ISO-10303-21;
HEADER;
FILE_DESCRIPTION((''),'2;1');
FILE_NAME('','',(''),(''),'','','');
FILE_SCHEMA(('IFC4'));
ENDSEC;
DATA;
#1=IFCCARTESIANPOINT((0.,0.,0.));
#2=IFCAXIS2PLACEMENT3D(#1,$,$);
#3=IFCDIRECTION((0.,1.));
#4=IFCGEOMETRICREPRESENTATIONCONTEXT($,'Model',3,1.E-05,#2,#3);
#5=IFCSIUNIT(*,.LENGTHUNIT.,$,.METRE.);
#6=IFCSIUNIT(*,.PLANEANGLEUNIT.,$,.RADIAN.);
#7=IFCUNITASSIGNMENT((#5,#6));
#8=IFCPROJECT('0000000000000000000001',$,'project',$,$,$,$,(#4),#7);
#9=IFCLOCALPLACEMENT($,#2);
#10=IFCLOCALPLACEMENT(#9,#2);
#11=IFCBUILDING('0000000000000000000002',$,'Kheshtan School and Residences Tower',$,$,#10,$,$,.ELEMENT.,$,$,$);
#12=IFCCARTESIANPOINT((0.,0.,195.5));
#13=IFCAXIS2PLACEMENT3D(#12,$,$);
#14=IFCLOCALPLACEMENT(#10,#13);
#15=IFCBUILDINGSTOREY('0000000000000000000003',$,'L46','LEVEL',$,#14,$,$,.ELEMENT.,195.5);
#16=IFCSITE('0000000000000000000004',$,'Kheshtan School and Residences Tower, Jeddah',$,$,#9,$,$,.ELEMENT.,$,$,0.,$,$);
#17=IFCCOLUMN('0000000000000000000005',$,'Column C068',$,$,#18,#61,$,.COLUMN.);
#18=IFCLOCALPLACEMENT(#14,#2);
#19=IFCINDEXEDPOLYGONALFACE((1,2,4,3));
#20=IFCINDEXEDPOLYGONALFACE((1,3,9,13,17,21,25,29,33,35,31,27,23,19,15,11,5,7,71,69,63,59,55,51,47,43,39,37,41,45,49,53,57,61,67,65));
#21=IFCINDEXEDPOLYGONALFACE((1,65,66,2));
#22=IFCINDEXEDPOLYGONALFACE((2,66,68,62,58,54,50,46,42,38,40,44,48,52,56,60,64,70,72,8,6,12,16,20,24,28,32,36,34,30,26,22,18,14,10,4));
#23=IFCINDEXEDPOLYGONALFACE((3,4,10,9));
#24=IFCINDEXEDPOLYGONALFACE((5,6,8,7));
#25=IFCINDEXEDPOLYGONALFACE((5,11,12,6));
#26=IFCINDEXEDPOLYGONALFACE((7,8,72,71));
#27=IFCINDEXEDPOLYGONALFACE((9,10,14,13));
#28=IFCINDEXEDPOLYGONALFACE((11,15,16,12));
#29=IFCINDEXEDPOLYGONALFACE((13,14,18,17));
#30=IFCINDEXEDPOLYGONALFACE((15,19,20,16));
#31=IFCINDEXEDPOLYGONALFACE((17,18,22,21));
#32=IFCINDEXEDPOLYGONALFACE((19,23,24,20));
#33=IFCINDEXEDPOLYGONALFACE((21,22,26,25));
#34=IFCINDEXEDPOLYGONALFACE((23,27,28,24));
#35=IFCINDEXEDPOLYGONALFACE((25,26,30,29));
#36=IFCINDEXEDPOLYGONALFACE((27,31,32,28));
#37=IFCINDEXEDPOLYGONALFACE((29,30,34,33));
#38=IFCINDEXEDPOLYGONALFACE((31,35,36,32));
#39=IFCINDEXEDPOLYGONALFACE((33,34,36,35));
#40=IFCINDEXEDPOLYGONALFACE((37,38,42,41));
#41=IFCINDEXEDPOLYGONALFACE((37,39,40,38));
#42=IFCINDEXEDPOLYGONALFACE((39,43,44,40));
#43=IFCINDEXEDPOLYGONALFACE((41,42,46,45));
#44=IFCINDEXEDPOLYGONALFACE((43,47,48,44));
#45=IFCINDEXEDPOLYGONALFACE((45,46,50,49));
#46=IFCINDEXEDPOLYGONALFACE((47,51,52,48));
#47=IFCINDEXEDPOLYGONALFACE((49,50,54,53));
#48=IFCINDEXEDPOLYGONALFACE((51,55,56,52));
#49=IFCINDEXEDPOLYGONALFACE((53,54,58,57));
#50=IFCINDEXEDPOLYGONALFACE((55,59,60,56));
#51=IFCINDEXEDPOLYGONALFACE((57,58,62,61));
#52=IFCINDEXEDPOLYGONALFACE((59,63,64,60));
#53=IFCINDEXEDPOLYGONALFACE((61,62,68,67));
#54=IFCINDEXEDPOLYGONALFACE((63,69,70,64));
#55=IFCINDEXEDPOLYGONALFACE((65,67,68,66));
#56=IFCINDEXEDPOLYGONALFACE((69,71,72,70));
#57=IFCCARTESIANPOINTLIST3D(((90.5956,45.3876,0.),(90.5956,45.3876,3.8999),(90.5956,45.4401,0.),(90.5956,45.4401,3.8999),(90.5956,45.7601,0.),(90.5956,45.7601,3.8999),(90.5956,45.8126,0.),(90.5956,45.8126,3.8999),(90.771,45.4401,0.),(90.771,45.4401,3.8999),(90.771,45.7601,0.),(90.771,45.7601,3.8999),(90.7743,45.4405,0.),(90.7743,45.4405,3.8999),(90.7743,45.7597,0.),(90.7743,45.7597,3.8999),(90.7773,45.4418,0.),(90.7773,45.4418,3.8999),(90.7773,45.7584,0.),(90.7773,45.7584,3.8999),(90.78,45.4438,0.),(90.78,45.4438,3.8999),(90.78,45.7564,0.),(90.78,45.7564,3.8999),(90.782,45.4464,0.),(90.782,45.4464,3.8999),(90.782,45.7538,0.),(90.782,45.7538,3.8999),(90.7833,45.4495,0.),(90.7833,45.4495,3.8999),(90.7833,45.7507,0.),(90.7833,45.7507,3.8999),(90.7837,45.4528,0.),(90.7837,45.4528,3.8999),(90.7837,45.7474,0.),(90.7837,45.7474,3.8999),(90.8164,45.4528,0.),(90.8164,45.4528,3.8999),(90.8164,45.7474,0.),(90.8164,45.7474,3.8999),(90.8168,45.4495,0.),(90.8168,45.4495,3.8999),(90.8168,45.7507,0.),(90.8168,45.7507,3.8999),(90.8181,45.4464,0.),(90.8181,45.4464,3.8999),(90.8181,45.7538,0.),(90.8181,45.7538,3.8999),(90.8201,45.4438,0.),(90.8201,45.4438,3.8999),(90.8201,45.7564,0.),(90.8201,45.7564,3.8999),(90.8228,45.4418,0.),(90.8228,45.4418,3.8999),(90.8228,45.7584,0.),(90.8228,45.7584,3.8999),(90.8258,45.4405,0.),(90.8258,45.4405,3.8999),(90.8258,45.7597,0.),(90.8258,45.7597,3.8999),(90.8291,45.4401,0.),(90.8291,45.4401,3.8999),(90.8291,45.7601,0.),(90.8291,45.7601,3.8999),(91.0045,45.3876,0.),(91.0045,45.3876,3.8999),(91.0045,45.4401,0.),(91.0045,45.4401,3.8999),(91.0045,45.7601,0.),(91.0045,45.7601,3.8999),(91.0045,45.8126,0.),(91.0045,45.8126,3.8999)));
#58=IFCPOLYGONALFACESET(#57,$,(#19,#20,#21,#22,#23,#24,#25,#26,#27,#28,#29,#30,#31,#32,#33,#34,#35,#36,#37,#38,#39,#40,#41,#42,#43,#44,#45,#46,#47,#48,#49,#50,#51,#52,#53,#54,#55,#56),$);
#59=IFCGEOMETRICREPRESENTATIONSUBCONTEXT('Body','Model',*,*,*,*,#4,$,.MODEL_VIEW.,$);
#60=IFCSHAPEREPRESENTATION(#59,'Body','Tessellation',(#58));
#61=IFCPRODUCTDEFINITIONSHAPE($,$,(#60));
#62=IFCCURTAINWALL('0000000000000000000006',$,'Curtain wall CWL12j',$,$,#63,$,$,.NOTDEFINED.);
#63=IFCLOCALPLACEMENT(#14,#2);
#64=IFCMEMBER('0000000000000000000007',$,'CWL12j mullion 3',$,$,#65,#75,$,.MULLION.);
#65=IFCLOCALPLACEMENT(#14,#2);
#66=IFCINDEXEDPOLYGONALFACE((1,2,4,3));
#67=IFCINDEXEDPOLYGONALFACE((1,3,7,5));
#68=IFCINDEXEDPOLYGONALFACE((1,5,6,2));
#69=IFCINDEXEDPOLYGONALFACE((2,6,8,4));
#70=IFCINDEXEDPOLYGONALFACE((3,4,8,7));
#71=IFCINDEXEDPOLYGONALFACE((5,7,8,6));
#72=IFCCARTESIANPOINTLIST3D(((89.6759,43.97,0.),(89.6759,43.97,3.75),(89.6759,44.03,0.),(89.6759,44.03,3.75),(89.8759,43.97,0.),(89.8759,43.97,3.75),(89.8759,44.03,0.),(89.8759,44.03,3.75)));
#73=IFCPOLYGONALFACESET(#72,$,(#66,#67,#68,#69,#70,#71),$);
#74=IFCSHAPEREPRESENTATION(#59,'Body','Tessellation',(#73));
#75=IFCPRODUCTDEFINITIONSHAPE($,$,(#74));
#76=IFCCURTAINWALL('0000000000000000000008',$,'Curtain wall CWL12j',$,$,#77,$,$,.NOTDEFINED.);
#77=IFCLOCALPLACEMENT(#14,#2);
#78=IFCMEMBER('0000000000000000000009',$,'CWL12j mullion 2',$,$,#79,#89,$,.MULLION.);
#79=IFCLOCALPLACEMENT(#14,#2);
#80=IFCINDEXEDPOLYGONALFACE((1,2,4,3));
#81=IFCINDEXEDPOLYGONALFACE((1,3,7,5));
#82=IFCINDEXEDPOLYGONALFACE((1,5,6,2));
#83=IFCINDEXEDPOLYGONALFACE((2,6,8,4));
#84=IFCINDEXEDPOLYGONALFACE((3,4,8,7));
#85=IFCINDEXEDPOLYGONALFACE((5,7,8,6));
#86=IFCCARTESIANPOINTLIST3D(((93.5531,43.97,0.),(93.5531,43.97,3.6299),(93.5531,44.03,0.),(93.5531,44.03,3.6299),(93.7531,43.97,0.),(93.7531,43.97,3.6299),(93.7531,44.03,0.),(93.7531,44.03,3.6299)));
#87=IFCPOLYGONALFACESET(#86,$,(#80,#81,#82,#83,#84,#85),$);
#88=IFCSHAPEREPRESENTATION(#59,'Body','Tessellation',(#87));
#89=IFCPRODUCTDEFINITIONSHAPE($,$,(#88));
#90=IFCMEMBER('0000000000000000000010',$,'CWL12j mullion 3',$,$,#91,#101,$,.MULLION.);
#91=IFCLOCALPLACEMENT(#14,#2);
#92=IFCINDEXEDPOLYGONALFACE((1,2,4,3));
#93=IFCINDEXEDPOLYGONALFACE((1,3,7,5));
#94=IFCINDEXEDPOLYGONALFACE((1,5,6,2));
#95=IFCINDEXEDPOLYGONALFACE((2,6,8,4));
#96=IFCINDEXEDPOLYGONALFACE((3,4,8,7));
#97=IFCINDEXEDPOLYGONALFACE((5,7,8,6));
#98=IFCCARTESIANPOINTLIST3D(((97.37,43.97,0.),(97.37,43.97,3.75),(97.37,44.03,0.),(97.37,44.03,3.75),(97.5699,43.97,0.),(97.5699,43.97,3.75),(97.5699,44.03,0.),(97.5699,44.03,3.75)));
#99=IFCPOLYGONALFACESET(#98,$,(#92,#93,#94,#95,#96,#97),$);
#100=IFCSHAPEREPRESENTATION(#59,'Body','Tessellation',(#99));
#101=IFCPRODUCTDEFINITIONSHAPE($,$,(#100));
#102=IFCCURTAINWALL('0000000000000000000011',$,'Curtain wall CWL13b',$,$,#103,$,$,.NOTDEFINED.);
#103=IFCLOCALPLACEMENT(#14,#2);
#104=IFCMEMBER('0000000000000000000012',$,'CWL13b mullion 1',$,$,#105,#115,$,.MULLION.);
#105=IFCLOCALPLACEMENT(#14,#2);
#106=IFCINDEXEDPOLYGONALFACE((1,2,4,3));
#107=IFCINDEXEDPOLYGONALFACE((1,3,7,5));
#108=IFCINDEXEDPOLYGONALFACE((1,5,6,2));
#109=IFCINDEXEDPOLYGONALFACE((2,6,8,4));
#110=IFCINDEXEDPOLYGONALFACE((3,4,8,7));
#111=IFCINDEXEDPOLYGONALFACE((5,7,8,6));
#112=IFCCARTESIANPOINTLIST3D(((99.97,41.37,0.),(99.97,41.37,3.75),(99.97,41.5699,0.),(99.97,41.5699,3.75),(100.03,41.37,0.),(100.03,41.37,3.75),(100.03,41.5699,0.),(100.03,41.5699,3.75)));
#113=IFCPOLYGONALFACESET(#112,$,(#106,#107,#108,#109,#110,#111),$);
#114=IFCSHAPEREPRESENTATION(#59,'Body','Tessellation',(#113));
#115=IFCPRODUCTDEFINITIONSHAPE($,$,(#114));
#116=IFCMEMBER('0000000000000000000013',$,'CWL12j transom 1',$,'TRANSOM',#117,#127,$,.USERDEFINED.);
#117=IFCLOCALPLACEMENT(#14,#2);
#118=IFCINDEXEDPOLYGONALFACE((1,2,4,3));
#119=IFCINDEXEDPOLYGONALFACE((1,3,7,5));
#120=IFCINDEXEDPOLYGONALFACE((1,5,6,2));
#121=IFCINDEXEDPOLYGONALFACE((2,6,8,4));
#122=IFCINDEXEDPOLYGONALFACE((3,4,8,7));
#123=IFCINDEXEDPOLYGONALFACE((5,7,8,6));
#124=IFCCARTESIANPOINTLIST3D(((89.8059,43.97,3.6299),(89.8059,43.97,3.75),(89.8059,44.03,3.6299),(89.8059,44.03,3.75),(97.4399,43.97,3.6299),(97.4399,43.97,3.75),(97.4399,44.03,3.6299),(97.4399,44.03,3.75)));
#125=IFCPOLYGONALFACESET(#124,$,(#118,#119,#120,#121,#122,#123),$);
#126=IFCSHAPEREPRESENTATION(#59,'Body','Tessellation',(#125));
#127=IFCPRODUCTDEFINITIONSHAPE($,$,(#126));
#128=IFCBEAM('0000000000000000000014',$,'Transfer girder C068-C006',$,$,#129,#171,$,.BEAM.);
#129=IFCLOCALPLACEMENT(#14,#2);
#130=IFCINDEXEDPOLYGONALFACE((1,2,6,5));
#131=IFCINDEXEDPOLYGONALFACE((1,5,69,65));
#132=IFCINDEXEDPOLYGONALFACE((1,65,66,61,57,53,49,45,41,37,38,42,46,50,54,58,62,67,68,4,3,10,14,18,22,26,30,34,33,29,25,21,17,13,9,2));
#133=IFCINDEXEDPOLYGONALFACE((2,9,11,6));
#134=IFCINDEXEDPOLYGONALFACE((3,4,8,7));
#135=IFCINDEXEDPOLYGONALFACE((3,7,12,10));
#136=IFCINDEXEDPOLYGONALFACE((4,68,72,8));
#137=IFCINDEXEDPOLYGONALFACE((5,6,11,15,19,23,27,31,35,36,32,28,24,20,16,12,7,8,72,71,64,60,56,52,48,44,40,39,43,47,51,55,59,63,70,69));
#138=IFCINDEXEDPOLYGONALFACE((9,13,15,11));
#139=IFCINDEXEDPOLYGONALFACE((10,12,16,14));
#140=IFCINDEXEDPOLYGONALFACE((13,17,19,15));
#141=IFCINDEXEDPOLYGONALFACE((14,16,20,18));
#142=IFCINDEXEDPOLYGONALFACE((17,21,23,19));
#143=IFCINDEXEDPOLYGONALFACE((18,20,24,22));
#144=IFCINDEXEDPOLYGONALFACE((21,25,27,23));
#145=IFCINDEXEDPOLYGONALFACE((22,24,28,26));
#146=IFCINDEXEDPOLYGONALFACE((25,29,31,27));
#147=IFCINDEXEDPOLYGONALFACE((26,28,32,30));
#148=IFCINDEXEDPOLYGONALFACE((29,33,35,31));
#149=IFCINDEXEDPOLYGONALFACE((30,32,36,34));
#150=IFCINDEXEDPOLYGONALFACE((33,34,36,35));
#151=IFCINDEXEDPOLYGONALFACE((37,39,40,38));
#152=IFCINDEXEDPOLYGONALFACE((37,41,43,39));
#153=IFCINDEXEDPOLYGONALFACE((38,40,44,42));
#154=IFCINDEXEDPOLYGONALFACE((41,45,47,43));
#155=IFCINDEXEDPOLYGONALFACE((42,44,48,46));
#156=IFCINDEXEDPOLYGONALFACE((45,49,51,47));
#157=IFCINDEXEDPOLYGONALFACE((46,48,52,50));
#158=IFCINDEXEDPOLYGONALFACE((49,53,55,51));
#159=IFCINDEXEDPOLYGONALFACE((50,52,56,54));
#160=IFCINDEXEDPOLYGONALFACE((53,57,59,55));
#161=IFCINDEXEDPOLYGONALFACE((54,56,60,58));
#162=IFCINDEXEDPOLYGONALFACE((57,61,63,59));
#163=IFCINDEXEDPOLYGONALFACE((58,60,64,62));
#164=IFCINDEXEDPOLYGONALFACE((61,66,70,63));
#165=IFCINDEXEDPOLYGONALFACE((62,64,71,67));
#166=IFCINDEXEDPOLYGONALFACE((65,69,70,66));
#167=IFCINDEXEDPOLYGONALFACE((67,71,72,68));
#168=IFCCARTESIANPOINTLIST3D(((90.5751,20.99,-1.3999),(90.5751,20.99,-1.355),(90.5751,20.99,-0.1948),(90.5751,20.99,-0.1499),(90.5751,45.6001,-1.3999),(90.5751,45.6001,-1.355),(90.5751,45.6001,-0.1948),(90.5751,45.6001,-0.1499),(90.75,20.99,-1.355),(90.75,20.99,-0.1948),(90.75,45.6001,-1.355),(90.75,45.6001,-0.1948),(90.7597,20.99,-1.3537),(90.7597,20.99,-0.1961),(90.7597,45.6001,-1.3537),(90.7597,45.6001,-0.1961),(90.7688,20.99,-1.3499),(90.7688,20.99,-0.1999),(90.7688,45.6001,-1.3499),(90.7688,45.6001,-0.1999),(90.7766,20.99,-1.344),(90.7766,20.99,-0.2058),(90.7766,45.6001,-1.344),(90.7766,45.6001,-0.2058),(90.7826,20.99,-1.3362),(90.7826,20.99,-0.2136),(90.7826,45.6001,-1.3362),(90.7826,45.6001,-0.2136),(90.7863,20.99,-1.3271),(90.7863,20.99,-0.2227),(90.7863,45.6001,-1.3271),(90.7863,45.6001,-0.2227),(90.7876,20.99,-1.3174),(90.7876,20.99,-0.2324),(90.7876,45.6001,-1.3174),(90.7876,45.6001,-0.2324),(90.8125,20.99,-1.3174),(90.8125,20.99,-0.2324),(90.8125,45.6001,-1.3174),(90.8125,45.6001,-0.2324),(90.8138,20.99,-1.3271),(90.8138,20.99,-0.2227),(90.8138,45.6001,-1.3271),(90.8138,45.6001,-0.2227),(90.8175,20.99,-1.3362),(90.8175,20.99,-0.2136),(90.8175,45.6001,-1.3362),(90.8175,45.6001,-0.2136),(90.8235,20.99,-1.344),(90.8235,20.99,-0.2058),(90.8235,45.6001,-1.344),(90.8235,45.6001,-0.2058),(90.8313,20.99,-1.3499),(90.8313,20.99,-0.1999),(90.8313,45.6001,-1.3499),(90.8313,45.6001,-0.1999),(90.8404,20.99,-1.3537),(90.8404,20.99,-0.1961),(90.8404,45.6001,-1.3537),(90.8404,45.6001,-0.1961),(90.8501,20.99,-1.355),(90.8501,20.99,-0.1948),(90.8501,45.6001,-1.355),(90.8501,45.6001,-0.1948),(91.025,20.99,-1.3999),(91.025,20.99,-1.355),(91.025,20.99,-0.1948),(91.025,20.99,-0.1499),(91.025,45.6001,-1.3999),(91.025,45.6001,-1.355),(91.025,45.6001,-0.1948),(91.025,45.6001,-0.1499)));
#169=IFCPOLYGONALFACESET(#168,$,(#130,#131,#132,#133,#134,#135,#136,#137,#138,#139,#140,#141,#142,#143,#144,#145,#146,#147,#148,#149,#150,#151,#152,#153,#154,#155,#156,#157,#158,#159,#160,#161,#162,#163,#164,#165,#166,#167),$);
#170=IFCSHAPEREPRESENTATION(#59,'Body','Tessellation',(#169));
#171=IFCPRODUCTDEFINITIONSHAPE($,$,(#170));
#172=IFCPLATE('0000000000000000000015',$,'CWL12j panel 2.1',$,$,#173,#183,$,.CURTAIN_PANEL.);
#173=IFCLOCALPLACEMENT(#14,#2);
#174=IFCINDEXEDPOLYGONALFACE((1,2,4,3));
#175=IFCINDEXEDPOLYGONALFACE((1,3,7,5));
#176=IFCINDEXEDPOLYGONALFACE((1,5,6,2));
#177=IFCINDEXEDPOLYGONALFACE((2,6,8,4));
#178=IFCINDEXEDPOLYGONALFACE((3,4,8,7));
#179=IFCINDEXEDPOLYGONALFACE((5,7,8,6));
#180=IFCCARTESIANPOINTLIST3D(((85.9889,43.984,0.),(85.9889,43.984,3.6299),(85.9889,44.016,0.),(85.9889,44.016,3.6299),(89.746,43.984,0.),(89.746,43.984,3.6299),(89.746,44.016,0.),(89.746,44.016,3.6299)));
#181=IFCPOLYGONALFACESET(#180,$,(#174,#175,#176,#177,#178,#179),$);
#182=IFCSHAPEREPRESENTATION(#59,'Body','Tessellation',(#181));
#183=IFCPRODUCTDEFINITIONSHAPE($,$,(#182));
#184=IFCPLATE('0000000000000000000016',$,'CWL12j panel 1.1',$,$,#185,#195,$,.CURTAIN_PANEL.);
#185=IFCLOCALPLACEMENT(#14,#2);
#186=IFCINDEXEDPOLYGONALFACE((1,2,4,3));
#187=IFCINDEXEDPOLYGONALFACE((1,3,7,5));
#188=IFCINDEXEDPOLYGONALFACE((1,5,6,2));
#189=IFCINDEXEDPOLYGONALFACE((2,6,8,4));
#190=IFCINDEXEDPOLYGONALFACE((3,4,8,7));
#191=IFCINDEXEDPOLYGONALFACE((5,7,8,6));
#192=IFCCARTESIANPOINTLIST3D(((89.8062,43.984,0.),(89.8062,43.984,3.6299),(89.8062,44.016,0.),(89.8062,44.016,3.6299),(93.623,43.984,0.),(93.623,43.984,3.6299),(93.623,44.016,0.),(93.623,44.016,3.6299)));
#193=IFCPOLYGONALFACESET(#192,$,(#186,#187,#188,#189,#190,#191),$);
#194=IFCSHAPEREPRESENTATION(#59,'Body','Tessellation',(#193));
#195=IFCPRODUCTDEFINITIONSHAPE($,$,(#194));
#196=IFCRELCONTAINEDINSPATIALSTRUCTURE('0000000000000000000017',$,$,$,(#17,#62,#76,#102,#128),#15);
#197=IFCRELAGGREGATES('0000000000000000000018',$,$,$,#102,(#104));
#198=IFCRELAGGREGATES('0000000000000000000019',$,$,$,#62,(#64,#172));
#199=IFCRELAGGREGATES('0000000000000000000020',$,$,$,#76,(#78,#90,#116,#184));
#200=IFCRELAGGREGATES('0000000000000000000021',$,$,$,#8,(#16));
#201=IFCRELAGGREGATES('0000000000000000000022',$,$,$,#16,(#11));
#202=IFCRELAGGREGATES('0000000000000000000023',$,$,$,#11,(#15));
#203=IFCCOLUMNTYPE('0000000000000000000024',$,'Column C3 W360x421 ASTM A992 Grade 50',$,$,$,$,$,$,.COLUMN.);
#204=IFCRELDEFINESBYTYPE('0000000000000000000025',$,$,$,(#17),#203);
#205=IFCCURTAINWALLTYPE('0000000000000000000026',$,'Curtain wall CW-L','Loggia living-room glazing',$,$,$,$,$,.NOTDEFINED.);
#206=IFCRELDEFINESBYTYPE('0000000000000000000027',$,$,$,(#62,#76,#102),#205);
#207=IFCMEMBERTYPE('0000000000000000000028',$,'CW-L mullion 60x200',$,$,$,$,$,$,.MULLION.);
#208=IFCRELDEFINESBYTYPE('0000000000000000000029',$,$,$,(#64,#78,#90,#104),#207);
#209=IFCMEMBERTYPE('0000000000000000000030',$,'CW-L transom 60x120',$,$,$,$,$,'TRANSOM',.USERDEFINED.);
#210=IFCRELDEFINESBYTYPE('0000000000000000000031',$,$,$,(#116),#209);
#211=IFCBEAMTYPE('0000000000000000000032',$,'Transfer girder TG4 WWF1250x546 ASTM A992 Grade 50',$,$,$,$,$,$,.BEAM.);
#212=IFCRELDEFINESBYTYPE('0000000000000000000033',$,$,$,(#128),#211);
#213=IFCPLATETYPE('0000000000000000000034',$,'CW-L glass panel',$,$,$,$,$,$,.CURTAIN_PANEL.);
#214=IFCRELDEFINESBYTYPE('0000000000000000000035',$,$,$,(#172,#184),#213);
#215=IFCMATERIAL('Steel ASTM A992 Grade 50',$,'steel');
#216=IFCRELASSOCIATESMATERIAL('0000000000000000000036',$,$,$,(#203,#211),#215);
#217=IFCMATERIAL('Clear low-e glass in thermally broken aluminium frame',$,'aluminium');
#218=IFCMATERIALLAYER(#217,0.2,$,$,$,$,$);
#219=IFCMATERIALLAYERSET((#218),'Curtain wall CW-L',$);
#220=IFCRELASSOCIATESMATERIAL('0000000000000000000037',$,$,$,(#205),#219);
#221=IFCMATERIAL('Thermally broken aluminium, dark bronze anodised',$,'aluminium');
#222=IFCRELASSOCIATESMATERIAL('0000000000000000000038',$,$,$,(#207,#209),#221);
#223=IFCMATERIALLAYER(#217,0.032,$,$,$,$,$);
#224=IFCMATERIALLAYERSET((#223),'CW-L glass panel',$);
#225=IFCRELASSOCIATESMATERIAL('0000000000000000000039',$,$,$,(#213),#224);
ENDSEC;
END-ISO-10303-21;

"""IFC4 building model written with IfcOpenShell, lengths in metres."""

from ifc_helpers import new_model, si_unit, direction, frame, origin, origin_2d, place, context, subcontext, project, spatial, rectangle, i_section, extrude, material, layer, layer_set, material_profile, profile_set, type_object, element, aggregate, save


model = new_model("IFC4")

# Units and contexts
model_context = context("Model", 3, precision=1e-05, world=origin(), true_north=direction((0.0, 1.0)))
body_context = subcontext(model_context, "Body", "Model", "MODEL_VIEW")
ifc_project = project(units=[si_unit("LENGTHUNIT", "METRE"), si_unit("PLANEANGLEUNIT", "RADIAN")], contexts=[model_context])

# Site, building, storey
site_placement = place(None, origin())
site = spatial("IfcSite", under=ifc_project, at=site_placement, Name="Kheshtan School and Residences Tower, Jeddah", CompositionType="ELEMENT", RefElevation=0.0)
building_placement = place(site_placement, origin())
building = spatial("IfcBuilding", under=site, at=building_placement, Name="Kheshtan School and Residences Tower", CompositionType="ELEMENT")
storey_placement = place(building_placement, frame((0.0, 0.0, 195.5)))
storey = spatial("IfcBuildingStorey", under=building, at=storey_placement, Name="L46", Description="LEVEL", CompositionType="ELEMENT", Elevation=195.5)

# Column
ifc_material_1 = material(Name="Steel ASTM A992 Grade 50", Category="steel")
ifc_material_profile_1 = material_profile(ifc_material_1, i_section(OverallWidth=0.4089, OverallDepth=0.425, WebThickness=0.0327, FlangeThickness=0.0525, FilletRadius=0.0127, at=origin_2d()), Name="W360x421")
ifc_profile_set_1 = profile_set([ifc_material_profile_1], Name="Steel ASTM A992 Grade 50")
column_type = type_object("IfcColumnType", Name="Column C3 W360x421 ASTM A992 Grade 50", PredefinedType="COLUMN", material=ifc_profile_set_1)
column_placement = place(storey_placement, frame((90.8, 45.6001, 0.0), z_axis=(0.0, 0.0, 1.0), x_axis=(1.0, 0.0, 0.0)))
element("IfcColumn", 1, at=column_placement, inside=storey, type_object=column_type, Name="Column C068", PredefinedType="COLUMN", context=body_context, shape_type="SweptSolid", body=[
    extrude(i_section(OverallWidth=0.4089, OverallDepth=0.425, WebThickness=0.0327, FlangeThickness=0.0525, FilletRadius=0.0127, at=origin_2d()), origin(), (0.0, 0.0, 1.0), 3.8999),
])

# Curtain wall, member
ifc_material_2 = material(Name="Clear low-e glass in thermally broken aluminium frame", Category="aluminium")
ifc_layer_1 = layer(ifc_material_2, 0.2)
ifc_layer_set_1 = layer_set([ifc_layer_1], Name="Curtain wall CW-L")
curtain_wall_type = type_object("IfcCurtainWallType", Name="Curtain wall CW-L", Description="Loggia living-room glazing", PredefinedType="NOTDEFINED", material=ifc_layer_set_1)
curtain_wall_1_placement = place(storey_placement, origin())
curtain_wall_1 = element("IfcCurtainWall", 2, at=curtain_wall_1_placement, inside=storey, type_object=curtain_wall_type, Name="Curtain wall CWL12j", PredefinedType="NOTDEFINED")
ifc_material_3 = material(Name="Thermally broken aluminium, dark bronze anodised", Category="aluminium")
ifc_material_profile_2 = material_profile(ifc_material_3, rectangle(XDim=0.0601, YDim=0.2, at=origin_2d()), Name="CW-L mullion 60x200")
ifc_profile_set_2 = profile_set([ifc_material_profile_2], Name="Thermally broken aluminium, dark bronze anodised")
member_type_1 = type_object("IfcMemberType", Name="CW-L mullion 60x200", PredefinedType="MULLION", material=ifc_profile_set_2)
member_1_placement = place(storey_placement, frame((89.7759, 44.0, 0.0), z_axis=(0.0, 0.0, 1.0), x_axis=(0.0, 1.0, 0.0)))
member_1 = element("IfcMember", 3, at=member_1_placement, type_object=member_type_1, Name="CWL12j mullion 3", PredefinedType="MULLION", context=body_context, shape_type="SweptSolid", body=[
    extrude(rectangle(XDim=0.0601, YDim=0.2, at=origin_2d()), origin(), (0.0, 0.0, 1.0), 3.75),
])

# Curtain wall, members
curtain_wall_2_placement = place(storey_placement, origin())
curtain_wall_2 = element("IfcCurtainWall", 4, at=curtain_wall_2_placement, inside=storey, type_object=curtain_wall_type, Name="Curtain wall CWL12j", PredefinedType="NOTDEFINED")
member_2_placement = place(storey_placement, frame((93.6531, 44.0, 0.0), z_axis=(0.0, 0.0, 1.0), x_axis=(0.0, 1.0, 0.0)))
member_2 = element("IfcMember", 5, at=member_2_placement, type_object=member_type_1, Name="CWL12j mullion 2", PredefinedType="MULLION", context=body_context, shape_type="SweptSolid", body=[
    extrude(rectangle(XDim=0.0601, YDim=0.2, at=origin_2d()), origin(), (0.0, 0.0, 1.0), 3.6299),
])
member_3_placement = place(storey_placement, frame((97.47, 44.0, 0.0), z_axis=(0.0, 0.0, 1.0), x_axis=(0.0, 1.0, 0.0)))
member_3 = element("IfcMember", 6, at=member_3_placement, type_object=member_type_1, Name="CWL12j mullion 3", PredefinedType="MULLION", context=body_context, shape_type="SweptSolid", body=[
    extrude(rectangle(XDim=0.0601, YDim=0.2, at=origin_2d()), origin(), (0.0, 0.0, 1.0), 3.75),
])

# Curtain wall, member
curtain_wall_3_placement = place(storey_placement, origin())
curtain_wall_3 = element("IfcCurtainWall", 7, at=curtain_wall_3_placement, inside=storey, type_object=curtain_wall_type, Name="Curtain wall CWL13b", PredefinedType="NOTDEFINED")
member_4_placement = place(storey_placement, frame((100.0, 41.47, 0.0), z_axis=(0.0, 0.0, 1.0), x_axis=(1.0, 0.0, 0.0)))
member_4 = element("IfcMember", 8, at=member_4_placement, type_object=member_type_1, Name="CWL13b mullion 1", PredefinedType="MULLION", context=body_context, shape_type="SweptSolid", body=[
    extrude(rectangle(XDim=0.0601, YDim=0.2, at=origin_2d()), origin(), (0.0, 0.0, 1.0), 3.75),
])
aggregate(curtain_wall_3, [member_4])

# Member
ifc_material_profile_3 = material_profile(ifc_material_3, rectangle(XDim=0.0601, YDim=0.1201, at=origin_2d()), Name="CW-L transom 60x120")
ifc_profile_set_3 = profile_set([ifc_material_profile_3], Name="Thermally broken aluminium, dark bronze anodised")
member_type_2 = type_object("IfcMemberType", Name="CW-L transom 60x120", ElementType="TRANSOM", PredefinedType="USERDEFINED", material=ifc_profile_set_3)
member_5_placement = place(storey_placement, frame((89.8059, 44.0, 3.6899), z_axis=(1.0, 0.0, 0.0), x_axis=(0.0, 1.0, 0.0)))
member_5 = element("IfcMember", 9, at=member_5_placement, type_object=member_type_2, Name="CWL12j transom 1", ObjectType="TRANSOM", PredefinedType="USERDEFINED", context=body_context, shape_type="SweptSolid", body=[
    extrude(rectangle(XDim=0.0601, YDim=0.1201, at=origin_2d()), origin(), (0.0, 0.0, 1.0), 7.634),
])

# Beam
ifc_material_profile_4 = material_profile(ifc_material_1, i_section(OverallWidth=0.45, OverallDepth=1.25, WebThickness=0.0249, FlangeThickness=0.0449, FilletRadius=0.0376, at=origin_2d()), Name="WWF1250x546")
ifc_profile_set_4 = profile_set([ifc_material_profile_4], Name="Steel ASTM A992 Grade 50")
beam_type = type_object("IfcBeamType", Name="Transfer girder TG4 WWF1250x546 ASTM A992 Grade 50", PredefinedType="BEAM", material=ifc_profile_set_4)
beam_placement = place(storey_placement, frame((90.8, 45.6001, -0.7749), z_axis=(0.0, -1.0, 0.0), x_axis=(1.0, 0.0, 0.0)))
element("IfcBeam", 10, at=beam_placement, inside=storey, type_object=beam_type, Name="Transfer girder C068-C006", PredefinedType="BEAM", context=body_context, shape_type="SweptSolid", body=[
    extrude(i_section(OverallWidth=0.45, OverallDepth=1.25, WebThickness=0.0249, FlangeThickness=0.0449, FilletRadius=0.0376, at=origin_2d()), origin(), (0.0, 0.0, 1.0), 24.6101),
])

# Plates
ifc_layer_2 = layer(ifc_material_2, 0.032)
ifc_layer_set_2 = layer_set([ifc_layer_2], Name="CW-L glass panel")
plate_type = type_object("IfcPlateType", Name="CW-L glass panel", PredefinedType="CURTAIN_PANEL", material=ifc_layer_set_2)
plate_1_placement = place(storey_placement, frame((87.8674, 44.0, 0.0), z_axis=(0.0, 0.0, 1.0), x_axis=(1.0, 0.0, 0.0)))
plate_1 = element("IfcPlate", 11, at=plate_1_placement, type_object=plate_type, Name="CWL12j panel 2.1", PredefinedType="CURTAIN_PANEL", context=body_context, shape_type="SweptSolid", body=[
    extrude(rectangle(XDim=3.7571, YDim=0.032, at=origin_2d()), origin(), (0.0, 0.0, 1.0), 3.6299),
])
aggregate(curtain_wall_1, [member_1, plate_1])
plate_2_placement = place(storey_placement, frame((91.7146, 44.0, 0.0), z_axis=(0.0, 0.0, 1.0), x_axis=(1.0, 0.0, 0.0)))
plate_2 = element("IfcPlate", 12, at=plate_2_placement, type_object=plate_type, Name="CWL12j panel 1.1", PredefinedType="CURTAIN_PANEL", context=body_context, shape_type="SweptSolid", body=[
    extrude(rectangle(XDim=3.8169, YDim=0.032, at=origin_2d()), origin(), (0.0, 0.0, 1.0), 3.6299),
])
aggregate(curtain_wall_2, [member_2, member_3, member_5, plate_2])

save(model, "model.ifc")
